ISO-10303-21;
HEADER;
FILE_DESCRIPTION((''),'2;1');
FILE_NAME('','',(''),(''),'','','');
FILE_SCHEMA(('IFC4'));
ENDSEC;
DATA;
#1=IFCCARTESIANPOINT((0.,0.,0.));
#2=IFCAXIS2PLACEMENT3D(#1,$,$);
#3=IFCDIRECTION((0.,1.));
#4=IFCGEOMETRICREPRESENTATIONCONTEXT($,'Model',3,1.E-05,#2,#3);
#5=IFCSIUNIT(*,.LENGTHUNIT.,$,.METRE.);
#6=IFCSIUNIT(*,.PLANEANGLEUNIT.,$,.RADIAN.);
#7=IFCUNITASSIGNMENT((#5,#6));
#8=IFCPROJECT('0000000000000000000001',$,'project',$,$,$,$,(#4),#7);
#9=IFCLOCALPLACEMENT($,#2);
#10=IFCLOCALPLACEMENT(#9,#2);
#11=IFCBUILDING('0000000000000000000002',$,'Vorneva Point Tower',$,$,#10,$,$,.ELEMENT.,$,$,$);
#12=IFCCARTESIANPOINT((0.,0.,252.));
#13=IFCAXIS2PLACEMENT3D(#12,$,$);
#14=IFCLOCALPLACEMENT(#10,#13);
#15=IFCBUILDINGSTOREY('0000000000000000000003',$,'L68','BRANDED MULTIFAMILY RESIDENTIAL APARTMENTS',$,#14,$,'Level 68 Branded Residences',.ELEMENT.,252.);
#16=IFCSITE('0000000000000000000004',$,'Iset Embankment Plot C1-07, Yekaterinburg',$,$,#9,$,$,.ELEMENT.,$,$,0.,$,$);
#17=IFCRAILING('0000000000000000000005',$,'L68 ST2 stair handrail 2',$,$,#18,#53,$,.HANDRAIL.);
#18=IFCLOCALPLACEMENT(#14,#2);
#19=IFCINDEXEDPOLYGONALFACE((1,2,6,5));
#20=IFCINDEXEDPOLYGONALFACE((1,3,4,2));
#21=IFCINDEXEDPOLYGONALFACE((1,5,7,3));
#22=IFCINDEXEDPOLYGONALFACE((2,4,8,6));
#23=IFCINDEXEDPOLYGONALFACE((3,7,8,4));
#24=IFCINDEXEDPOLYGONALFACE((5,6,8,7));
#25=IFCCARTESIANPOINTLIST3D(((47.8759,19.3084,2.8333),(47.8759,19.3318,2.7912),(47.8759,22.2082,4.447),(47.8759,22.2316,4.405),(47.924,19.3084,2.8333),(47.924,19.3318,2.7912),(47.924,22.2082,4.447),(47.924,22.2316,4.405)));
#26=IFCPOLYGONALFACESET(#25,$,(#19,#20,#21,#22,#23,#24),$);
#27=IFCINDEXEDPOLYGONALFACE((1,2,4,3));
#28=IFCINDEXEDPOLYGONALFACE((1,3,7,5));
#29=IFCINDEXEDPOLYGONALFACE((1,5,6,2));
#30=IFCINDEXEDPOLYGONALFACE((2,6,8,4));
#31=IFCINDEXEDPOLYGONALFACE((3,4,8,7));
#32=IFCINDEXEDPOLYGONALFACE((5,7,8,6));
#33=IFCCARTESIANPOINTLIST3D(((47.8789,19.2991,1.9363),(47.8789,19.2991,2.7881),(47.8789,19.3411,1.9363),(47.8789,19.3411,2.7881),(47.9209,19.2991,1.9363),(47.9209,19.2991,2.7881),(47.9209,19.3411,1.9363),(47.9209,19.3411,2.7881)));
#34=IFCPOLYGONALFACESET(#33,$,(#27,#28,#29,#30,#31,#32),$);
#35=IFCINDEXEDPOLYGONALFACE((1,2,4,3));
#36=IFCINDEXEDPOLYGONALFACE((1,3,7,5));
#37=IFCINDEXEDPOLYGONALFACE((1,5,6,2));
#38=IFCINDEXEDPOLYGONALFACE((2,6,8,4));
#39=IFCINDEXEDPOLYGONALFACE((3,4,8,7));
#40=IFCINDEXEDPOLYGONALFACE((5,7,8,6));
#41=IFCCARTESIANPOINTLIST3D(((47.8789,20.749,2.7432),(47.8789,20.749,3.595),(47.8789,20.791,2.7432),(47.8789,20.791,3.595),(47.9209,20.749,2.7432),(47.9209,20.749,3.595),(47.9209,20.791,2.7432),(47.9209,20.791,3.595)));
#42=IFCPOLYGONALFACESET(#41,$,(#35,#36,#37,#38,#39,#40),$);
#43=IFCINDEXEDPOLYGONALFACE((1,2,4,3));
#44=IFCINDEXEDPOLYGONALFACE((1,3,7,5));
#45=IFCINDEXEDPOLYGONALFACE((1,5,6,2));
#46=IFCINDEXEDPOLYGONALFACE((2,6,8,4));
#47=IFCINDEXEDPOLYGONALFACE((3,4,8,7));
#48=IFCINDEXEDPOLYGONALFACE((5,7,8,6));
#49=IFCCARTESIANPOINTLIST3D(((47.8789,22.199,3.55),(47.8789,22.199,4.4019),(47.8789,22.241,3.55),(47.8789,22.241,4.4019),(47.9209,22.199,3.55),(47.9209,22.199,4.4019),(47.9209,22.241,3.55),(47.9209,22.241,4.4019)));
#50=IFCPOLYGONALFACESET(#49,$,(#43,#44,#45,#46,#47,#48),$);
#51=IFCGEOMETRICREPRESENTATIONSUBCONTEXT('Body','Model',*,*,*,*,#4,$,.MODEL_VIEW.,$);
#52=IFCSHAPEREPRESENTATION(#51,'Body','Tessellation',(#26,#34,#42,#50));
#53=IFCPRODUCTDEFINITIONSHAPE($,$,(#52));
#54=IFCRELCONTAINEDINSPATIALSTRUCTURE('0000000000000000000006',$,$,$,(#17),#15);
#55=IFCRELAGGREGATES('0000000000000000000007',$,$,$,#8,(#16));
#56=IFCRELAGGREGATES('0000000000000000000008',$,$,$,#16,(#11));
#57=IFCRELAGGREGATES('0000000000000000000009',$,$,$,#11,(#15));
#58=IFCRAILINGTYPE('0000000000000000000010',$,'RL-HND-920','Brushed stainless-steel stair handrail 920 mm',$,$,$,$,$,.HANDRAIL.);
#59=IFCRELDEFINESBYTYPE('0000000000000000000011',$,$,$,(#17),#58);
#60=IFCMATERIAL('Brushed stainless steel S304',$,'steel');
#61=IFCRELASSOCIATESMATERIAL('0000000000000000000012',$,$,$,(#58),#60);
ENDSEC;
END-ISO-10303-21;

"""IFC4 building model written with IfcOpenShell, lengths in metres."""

from ifc_helpers import new_model, si_unit, direction, frame, origin, origin_2d, place, context, subcontext, project, spatial, rectangle, extrude, material, type_object, element, save


model = new_model("IFC4")

# Units and contexts
model_context = context("Model", 3, precision=1e-05, world=origin(), true_north=direction((0.0, 1.0)))
body_context = subcontext(model_context, "Body", "Model", "MODEL_VIEW")
ifc_project = project(units=[si_unit("LENGTHUNIT", "METRE"), si_unit("PLANEANGLEUNIT", "RADIAN")], contexts=[model_context])

# Site, building, storey
site_placement = place(None, origin())
site = spatial("IfcSite", under=ifc_project, at=site_placement, Name="Iset Embankment Plot C1-07, Yekaterinburg", CompositionType="ELEMENT", RefElevation=0.0)
building_placement = place(site_placement, origin())
building = spatial("IfcBuilding", under=site, at=building_placement, Name="Vorneva Point Tower", CompositionType="ELEMENT")
storey_placement = place(building_placement, frame((0.0, 0.0, 252.0)))
storey = spatial("IfcBuildingStorey", under=building, at=storey_placement, Name="L68", Description="BRANDED MULTIFAMILY RESIDENTIAL APARTMENTS", LongName="Level 68 Branded Residences", CompositionType="ELEMENT", Elevation=252.0)

# Railing
ifc_material_1 = material(Name="Brushed stainless steel S304", Category="steel")
railing_type = type_object("IfcRailingType", Name="RL-HND-920", Description="Brushed stainless-steel stair handrail 920 mm", PredefinedType="HANDRAIL", material=ifc_material_1)
railing_placement = place(storey_placement, frame((47.8999, 19.3201, 1.9363)))
element("IfcRailing", 1, at=railing_placement, inside=storey, type_object=railing_type, Name="L68 ST2 stair handrail 2", PredefinedType="HANDRAIL", context=body_context, shape_type="SweptSolid", body=[
    extrude(rectangle(XDim=0.0481, YDim=0.0481, at=origin_2d()), frame((0.0, 0.0, 0.876), z_axis=(0.0, 0.87381, 0.486267), x_axis=(-1.0, 0.0, 0.0)), (0.0, 0.0, 1.0), 3.3186),
    extrude(rectangle(XDim=0.042, YDim=0.042, at=origin_2d()), origin(), (0.0, 0.0, 1.0), 0.8518),
    extrude(rectangle(XDim=0.042, YDim=0.042, at=origin_2d()), frame((0.0, 1.45, 0.8069)), (0.0, 0.0, 1.0), 0.8518),
    extrude(rectangle(XDim=0.042, YDim=0.042, at=origin_2d()), frame((0.0, 2.8999, 1.6138)), (0.0, 0.0, 1.0), 0.8518),
])

save(model, "model.ifc")
